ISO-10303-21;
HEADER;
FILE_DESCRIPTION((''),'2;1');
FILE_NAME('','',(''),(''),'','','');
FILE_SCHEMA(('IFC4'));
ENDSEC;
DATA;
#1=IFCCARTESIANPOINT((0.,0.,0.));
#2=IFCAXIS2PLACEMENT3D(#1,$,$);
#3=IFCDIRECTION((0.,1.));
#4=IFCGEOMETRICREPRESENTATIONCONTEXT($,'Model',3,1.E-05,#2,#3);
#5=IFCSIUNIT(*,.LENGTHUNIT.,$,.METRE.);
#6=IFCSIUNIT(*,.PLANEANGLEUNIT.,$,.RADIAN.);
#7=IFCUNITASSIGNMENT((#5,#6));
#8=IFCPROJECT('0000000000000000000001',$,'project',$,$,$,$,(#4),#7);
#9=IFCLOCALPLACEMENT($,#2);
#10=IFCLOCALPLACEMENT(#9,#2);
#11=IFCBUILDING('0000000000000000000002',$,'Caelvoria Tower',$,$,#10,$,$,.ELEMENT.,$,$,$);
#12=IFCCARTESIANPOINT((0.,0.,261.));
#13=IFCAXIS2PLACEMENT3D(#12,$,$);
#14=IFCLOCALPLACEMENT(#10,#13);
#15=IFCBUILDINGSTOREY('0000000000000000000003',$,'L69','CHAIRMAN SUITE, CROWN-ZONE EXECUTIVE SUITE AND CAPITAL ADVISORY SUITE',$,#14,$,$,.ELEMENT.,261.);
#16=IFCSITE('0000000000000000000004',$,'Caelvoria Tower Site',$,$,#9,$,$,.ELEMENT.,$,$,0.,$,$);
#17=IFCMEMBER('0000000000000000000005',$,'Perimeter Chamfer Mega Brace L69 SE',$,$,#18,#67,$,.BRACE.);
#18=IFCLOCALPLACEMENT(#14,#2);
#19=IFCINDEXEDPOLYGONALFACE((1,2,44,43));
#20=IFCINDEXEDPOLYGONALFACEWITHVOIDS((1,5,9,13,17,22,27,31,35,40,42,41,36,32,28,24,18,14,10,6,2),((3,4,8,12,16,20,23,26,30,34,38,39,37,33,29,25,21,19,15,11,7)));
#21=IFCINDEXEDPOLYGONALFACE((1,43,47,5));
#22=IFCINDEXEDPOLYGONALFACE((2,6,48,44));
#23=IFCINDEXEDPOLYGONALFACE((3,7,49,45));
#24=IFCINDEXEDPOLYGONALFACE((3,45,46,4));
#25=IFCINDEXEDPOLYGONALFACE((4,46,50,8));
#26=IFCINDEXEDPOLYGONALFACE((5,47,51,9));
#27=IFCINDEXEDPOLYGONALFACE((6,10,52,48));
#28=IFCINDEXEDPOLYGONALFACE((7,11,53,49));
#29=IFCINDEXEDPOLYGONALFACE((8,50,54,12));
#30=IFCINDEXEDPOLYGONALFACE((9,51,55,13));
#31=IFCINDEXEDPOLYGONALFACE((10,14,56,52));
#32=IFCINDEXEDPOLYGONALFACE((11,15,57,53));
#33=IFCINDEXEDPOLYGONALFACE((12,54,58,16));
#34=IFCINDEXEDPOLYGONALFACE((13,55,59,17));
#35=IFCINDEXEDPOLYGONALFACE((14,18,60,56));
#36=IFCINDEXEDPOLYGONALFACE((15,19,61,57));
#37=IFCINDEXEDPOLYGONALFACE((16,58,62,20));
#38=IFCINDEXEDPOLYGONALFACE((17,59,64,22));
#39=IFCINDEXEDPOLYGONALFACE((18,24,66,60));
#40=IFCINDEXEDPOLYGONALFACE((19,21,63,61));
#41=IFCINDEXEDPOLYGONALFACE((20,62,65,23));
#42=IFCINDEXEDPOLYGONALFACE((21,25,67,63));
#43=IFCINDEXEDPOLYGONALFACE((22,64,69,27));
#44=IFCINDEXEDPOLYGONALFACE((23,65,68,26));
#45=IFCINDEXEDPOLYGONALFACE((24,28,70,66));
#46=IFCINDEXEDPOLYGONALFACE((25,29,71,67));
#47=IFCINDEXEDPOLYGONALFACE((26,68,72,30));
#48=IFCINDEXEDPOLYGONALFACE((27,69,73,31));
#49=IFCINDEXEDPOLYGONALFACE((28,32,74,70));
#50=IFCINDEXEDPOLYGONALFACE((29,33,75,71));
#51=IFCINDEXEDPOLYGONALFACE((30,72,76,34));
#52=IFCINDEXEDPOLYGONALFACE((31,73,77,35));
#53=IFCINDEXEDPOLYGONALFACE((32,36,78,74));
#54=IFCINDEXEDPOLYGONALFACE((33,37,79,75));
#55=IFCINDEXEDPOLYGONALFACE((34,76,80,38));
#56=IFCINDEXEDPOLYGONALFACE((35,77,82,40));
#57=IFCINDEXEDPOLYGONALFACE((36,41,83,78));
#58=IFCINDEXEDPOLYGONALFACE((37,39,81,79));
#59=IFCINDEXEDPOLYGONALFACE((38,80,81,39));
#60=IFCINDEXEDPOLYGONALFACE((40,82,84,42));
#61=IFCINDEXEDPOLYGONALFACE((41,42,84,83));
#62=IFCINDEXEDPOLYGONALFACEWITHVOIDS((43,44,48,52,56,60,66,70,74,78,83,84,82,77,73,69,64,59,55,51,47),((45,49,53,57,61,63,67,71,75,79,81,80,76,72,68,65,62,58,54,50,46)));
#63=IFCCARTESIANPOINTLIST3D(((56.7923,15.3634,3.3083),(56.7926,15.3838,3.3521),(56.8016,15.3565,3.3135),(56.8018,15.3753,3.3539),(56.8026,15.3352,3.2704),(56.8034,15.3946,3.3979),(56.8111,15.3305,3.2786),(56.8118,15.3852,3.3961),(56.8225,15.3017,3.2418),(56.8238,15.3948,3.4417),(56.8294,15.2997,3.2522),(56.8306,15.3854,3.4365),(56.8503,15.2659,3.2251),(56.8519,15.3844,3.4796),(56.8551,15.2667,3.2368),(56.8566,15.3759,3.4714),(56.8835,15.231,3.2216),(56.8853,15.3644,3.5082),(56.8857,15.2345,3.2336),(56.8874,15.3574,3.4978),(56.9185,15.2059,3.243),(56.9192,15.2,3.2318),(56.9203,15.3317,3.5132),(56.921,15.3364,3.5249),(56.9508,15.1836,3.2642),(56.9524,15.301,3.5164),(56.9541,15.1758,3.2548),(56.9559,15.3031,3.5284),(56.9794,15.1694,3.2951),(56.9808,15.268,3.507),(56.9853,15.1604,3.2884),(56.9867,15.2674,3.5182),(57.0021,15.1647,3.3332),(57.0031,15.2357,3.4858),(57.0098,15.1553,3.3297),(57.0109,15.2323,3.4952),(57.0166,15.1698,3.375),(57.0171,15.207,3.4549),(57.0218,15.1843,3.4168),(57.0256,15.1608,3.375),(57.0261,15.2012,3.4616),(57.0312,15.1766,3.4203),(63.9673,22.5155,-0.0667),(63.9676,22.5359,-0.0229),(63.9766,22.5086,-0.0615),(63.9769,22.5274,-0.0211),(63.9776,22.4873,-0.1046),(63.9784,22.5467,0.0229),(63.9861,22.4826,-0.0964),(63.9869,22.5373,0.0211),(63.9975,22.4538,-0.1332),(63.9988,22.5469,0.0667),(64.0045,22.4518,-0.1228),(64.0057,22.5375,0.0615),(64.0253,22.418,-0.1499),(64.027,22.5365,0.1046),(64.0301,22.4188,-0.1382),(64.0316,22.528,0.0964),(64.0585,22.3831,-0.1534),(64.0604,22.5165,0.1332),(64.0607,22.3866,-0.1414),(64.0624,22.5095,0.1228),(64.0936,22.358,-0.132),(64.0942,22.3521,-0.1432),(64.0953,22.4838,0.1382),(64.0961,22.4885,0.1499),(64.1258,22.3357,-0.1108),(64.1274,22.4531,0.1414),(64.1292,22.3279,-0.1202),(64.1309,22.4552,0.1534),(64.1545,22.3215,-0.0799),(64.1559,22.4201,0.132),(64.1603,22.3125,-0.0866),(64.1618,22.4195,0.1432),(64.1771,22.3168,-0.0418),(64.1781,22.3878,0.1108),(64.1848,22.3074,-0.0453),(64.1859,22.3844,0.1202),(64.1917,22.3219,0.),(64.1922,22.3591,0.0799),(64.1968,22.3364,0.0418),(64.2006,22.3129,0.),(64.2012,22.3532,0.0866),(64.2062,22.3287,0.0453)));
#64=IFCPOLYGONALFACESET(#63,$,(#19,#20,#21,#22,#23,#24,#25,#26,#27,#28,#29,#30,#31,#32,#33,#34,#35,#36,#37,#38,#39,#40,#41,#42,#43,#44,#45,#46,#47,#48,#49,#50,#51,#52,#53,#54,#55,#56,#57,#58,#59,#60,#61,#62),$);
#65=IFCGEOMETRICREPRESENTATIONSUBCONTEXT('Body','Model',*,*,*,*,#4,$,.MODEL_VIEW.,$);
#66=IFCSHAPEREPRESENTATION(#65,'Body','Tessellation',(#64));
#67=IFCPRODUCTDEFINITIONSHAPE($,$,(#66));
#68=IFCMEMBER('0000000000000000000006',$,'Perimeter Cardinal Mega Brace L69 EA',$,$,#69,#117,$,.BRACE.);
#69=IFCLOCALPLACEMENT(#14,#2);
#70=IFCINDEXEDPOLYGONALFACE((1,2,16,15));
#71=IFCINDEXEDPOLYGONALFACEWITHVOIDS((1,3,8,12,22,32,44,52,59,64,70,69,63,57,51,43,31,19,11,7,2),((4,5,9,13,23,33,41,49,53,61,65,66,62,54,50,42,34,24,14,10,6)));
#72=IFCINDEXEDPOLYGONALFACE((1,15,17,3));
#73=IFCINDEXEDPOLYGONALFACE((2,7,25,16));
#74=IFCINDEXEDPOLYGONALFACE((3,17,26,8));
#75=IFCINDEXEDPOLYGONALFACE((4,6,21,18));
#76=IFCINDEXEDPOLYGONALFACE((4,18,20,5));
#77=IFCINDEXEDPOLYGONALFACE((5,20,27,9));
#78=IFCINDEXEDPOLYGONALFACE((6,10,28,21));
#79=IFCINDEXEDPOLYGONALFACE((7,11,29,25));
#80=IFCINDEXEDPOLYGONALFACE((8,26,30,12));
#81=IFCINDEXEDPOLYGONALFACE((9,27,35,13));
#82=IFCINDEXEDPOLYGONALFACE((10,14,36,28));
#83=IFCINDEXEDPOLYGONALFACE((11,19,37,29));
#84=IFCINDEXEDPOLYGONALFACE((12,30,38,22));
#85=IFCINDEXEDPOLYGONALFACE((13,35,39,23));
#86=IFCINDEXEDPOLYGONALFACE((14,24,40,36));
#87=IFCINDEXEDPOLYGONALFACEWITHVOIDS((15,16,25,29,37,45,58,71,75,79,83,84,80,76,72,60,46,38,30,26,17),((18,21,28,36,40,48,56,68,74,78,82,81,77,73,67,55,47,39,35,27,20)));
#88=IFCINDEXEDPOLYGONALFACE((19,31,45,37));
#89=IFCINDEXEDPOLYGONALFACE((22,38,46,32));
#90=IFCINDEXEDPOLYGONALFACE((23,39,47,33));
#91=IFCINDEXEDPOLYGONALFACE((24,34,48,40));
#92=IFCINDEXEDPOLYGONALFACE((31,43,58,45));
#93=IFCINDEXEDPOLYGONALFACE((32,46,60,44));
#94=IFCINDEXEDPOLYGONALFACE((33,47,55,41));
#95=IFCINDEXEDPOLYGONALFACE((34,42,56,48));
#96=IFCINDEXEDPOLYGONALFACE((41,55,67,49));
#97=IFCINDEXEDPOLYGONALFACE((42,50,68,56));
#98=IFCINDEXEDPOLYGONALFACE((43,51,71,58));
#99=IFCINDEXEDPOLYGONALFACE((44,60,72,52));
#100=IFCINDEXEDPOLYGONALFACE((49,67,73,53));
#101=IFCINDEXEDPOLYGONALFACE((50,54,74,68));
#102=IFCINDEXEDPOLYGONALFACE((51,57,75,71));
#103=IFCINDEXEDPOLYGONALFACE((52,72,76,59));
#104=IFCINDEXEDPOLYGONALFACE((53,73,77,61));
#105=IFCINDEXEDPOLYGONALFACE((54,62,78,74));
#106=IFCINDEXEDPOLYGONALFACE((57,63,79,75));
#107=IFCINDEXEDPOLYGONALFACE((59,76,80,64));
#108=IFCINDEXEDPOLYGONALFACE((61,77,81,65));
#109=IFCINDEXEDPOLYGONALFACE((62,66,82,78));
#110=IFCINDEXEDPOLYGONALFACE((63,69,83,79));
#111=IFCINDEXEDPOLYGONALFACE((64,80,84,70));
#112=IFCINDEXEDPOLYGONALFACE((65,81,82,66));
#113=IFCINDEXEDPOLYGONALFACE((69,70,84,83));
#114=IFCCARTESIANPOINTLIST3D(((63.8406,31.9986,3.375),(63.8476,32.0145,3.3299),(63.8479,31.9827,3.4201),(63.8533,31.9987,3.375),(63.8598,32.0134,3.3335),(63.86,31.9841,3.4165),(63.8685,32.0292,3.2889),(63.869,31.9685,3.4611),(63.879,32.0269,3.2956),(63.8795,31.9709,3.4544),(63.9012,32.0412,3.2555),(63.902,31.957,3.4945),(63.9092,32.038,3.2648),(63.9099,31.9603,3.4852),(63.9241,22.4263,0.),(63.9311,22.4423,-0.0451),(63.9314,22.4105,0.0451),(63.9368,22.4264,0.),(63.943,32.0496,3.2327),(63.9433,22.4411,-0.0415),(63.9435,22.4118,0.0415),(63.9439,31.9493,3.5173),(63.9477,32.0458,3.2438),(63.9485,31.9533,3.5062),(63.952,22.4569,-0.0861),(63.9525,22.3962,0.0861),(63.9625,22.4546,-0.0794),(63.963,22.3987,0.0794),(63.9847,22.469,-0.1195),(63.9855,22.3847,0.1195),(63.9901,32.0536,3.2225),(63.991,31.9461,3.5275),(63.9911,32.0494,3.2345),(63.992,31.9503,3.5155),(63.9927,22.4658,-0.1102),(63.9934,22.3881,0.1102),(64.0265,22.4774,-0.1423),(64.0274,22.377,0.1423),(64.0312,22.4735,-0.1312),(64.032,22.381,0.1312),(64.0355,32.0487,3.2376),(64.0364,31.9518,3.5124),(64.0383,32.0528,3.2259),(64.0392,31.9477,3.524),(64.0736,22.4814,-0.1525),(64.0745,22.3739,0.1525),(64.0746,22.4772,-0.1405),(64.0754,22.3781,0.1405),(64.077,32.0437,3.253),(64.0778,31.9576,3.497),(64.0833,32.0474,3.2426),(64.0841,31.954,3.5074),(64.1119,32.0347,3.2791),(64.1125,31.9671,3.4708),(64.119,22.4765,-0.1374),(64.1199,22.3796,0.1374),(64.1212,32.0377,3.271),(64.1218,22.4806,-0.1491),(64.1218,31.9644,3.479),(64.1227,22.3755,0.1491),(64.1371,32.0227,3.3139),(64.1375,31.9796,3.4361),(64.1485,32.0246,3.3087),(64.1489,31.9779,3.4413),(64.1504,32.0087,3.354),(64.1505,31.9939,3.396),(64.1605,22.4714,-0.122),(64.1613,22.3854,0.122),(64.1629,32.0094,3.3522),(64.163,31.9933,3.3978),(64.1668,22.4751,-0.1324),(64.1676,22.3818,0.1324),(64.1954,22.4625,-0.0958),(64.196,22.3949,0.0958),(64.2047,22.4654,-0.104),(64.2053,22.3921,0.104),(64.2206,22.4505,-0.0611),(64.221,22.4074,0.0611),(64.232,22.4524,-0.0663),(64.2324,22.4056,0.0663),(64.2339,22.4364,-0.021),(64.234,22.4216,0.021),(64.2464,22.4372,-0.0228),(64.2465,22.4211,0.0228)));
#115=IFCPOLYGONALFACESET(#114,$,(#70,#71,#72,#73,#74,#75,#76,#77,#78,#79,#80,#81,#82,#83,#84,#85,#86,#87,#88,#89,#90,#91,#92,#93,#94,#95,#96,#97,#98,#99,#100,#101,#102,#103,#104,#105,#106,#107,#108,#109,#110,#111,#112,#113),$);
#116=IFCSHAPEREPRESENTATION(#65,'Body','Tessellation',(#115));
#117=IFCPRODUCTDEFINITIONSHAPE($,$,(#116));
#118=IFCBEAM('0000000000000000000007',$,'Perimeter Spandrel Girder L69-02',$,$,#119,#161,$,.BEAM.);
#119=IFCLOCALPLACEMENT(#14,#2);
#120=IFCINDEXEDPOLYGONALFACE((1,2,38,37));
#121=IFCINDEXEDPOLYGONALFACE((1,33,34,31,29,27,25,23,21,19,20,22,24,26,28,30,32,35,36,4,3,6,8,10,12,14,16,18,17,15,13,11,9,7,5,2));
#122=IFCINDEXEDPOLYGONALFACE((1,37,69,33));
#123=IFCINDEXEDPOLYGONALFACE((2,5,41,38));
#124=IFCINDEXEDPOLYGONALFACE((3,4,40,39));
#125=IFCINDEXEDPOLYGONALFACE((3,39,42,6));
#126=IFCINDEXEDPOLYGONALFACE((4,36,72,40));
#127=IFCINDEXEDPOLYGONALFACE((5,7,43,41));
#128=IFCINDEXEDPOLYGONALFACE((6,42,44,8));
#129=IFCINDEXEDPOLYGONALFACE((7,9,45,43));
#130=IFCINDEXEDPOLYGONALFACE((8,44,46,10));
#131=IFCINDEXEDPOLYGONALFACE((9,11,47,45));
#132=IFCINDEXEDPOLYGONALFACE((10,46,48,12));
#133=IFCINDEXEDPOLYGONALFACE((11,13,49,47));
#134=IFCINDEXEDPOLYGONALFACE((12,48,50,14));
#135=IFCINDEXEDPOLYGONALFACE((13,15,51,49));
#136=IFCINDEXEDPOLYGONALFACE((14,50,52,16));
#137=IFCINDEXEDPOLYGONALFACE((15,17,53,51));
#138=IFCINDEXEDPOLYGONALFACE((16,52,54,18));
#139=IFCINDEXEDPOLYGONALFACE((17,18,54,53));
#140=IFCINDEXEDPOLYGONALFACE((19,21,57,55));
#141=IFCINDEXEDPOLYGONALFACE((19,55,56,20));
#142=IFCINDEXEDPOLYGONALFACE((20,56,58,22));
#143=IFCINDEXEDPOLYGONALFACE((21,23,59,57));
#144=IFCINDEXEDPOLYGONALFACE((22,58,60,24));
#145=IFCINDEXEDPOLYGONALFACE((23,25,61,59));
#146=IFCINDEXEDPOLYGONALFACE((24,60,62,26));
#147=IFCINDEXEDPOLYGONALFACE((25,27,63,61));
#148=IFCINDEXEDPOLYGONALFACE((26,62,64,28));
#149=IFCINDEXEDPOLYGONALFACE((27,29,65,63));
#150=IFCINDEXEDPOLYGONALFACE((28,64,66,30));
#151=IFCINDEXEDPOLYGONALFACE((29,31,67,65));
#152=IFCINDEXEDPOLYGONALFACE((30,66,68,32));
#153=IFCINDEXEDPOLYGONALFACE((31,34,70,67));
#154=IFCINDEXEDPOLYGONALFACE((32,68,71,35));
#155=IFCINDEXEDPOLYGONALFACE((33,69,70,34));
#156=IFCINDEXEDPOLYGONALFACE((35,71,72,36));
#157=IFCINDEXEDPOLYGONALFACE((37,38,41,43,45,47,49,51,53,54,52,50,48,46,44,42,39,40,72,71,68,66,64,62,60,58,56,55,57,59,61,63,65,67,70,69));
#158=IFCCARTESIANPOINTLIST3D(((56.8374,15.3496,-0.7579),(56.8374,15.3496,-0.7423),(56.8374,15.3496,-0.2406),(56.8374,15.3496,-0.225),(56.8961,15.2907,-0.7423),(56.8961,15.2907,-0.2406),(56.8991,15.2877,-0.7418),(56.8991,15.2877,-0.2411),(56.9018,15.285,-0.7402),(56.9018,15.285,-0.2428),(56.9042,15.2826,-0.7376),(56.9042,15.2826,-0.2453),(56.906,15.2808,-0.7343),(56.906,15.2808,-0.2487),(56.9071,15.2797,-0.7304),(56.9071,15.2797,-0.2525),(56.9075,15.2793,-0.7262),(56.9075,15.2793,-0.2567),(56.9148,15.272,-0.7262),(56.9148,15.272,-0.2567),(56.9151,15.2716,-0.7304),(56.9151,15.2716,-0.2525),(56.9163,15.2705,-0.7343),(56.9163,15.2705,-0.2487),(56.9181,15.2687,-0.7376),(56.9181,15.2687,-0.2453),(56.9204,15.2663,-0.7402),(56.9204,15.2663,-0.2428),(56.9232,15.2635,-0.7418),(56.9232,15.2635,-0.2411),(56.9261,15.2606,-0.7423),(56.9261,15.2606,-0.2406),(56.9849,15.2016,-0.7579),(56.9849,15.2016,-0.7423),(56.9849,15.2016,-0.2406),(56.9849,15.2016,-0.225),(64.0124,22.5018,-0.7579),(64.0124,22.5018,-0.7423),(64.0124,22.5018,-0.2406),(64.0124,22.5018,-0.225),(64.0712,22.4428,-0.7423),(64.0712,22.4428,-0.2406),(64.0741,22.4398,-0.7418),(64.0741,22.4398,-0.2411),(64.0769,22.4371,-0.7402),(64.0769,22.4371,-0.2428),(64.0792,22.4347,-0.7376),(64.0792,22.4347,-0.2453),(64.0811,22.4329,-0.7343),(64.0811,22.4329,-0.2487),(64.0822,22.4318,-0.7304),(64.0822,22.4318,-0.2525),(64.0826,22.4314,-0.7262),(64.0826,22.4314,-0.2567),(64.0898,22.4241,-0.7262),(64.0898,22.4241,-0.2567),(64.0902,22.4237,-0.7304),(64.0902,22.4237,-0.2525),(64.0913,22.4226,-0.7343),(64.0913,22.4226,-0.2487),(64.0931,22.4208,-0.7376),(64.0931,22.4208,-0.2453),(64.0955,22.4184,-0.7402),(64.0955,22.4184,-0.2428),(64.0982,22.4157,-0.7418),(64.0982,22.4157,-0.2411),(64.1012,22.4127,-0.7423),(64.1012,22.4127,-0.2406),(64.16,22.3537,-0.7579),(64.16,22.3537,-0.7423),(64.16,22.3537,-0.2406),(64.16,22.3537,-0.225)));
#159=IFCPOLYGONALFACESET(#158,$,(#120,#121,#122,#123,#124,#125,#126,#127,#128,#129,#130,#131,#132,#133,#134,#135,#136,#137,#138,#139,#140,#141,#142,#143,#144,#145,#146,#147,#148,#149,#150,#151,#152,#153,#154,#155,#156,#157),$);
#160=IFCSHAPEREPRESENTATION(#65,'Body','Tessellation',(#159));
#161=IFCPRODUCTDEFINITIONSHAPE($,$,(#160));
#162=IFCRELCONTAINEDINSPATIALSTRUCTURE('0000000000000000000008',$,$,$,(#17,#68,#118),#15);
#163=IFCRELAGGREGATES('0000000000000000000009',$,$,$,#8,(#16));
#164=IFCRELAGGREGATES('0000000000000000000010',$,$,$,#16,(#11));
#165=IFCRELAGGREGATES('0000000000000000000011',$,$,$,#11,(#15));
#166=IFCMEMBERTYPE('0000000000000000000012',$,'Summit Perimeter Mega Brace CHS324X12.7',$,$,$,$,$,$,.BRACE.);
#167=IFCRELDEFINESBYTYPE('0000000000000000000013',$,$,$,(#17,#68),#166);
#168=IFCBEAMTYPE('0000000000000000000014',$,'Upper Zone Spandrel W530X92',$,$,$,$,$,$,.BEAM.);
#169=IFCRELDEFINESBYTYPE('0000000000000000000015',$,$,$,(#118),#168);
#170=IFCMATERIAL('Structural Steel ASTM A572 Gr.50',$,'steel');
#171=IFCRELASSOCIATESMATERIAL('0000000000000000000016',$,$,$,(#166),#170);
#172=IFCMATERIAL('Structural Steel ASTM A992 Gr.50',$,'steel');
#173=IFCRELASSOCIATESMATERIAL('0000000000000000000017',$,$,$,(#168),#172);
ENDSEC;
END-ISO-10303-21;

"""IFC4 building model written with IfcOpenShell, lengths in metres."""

from ifc_helpers import new_model, si_unit, direction, frame, origin, origin_2d, place, context, subcontext, project, spatial, hollow_circle, i_section, extrude, material, material_profile, profile_set, type_object, element, save


model = new_model("IFC4")

# Units and contexts
model_context = context("Model", 3, precision=1e-05, world=origin(), true_north=direction((0.0, 1.0)))
body_context = subcontext(model_context, "Body", "Model", "MODEL_VIEW")
ifc_project = project(units=[si_unit("LENGTHUNIT", "METRE"), si_unit("PLANEANGLEUNIT", "RADIAN")], contexts=[model_context])

# Site, building, storey
site_placement = place(None, origin())
site = spatial("IfcSite", under=ifc_project, at=site_placement, Name="Caelvoria Tower Site", CompositionType="ELEMENT", RefElevation=0.0)
building_placement = place(site_placement, origin())
building = spatial("IfcBuilding", under=site, at=building_placement, Name="Caelvoria Tower", CompositionType="ELEMENT")
storey_placement = place(building_placement, frame((0.0, 0.0, 261.0)))
storey = spatial("IfcBuildingStorey", under=building, at=storey_placement, Name="L69", Description="CHAIRMAN SUITE, CROWN-ZONE EXECUTIVE SUITE AND CAPITAL ADVISORY SUITE", CompositionType="ELEMENT", Elevation=261.0)

# Shared definitions
ifc_material_1 = material(Name="Structural Steel ASTM A572 Gr.50", Category="steel")
ifc_material_2 = material(Name="Structural Steel ASTM A992 Gr.50", Category="steel")

# Members
ifc_material_profile_1 = material_profile(ifc_material_1, hollow_circle(Radius=0.1621, WallThickness=0.0127, at=origin_2d()), Name="Structural Steel ASTM A572 Gr.50")
ifc_profile_set_1 = profile_set([ifc_material_profile_1], Name="CHS324X12.7 - Structural Steel ASTM A572 Gr.50")
member_type = type_object("IfcMemberType", Name="Summit Perimeter Mega Brace CHS324X12.7", PredefinedType="BRACE", material=ifc_profile_set_1)
member_1_placement = place(storey_placement, frame((64.0862, 22.4277, 0.0), z_axis=(-0.671933, -0.669784, 0.316064), x_axis=(0.705973, -0.708239, 0.0)))
element("IfcMember", 1, at=member_1_placement, inside=storey, type_object=member_type, Name="Perimeter Chamfer Mega Brace L69 SE", PredefinedType="BRACE", context=body_context, shape_type="SweptSolid", body=[
    extrude(hollow_circle(Radius=0.1621, WallThickness=0.0127, at=origin_2d()), origin(), (0.0, 0.0, 1.0), 10.6782),
])
member_2_placement = place(storey_placement, frame((64.0862, 22.4277, 0.0), z_axis=(-0.008226, 0.943065, 0.332507), x_axis=(-0.999962, -0.008722, 0.0)))
element("IfcMember", 2, at=member_2_placement, inside=storey, type_object=member_type, Name="Perimeter Cardinal Mega Brace L69 EA", PredefinedType="BRACE", context=body_context, shape_type="SweptSolid", body=[
    extrude(hollow_circle(Radius=0.1621, WallThickness=0.0127, at=origin_2d()), origin(), (0.0, 0.0, 1.0), 10.1501),
])

# Beam
ifc_material_profile_2 = material_profile(ifc_material_2, i_section(OverallWidth=0.209, OverallDepth=0.533, WebThickness=0.0103, FlangeThickness=0.0156, FilletRadius=0.0161, at=origin_2d()), Name="Structural Steel ASTM A992 Gr.50")
ifc_profile_set_2 = profile_set([ifc_material_profile_2], Name="W530X92 - Structural Steel ASTM A992 Gr.50")
beam_type_1 = type_object("IfcBeamType", Name="Upper Zone Spandrel W530X92", PredefinedType="BEAM", material=ifc_profile_set_2)
beam_1_placement = place(storey_placement, frame((56.9111, 15.2756, -0.4915), z_axis=(0.708239, 0.705973, 0.0), x_axis=(-0.705973, 0.708239, 0.0)))
element("IfcBeam", 3, at=beam_1_placement, inside=storey, type_object=beam_type_1, Name="Perimeter Spandrel Girder L69-02", PredefinedType="BEAM", context=body_context, shape_type="SweptSolid", body=[
    extrude(i_section(OverallWidth=0.209, OverallDepth=0.533, WebThickness=0.0103, FlangeThickness=0.0156, FilletRadius=0.0161, at=origin_2d()), origin(), (0.0, 0.0, 1.0), 10.1309),
])

save(model, "model.ifc")
